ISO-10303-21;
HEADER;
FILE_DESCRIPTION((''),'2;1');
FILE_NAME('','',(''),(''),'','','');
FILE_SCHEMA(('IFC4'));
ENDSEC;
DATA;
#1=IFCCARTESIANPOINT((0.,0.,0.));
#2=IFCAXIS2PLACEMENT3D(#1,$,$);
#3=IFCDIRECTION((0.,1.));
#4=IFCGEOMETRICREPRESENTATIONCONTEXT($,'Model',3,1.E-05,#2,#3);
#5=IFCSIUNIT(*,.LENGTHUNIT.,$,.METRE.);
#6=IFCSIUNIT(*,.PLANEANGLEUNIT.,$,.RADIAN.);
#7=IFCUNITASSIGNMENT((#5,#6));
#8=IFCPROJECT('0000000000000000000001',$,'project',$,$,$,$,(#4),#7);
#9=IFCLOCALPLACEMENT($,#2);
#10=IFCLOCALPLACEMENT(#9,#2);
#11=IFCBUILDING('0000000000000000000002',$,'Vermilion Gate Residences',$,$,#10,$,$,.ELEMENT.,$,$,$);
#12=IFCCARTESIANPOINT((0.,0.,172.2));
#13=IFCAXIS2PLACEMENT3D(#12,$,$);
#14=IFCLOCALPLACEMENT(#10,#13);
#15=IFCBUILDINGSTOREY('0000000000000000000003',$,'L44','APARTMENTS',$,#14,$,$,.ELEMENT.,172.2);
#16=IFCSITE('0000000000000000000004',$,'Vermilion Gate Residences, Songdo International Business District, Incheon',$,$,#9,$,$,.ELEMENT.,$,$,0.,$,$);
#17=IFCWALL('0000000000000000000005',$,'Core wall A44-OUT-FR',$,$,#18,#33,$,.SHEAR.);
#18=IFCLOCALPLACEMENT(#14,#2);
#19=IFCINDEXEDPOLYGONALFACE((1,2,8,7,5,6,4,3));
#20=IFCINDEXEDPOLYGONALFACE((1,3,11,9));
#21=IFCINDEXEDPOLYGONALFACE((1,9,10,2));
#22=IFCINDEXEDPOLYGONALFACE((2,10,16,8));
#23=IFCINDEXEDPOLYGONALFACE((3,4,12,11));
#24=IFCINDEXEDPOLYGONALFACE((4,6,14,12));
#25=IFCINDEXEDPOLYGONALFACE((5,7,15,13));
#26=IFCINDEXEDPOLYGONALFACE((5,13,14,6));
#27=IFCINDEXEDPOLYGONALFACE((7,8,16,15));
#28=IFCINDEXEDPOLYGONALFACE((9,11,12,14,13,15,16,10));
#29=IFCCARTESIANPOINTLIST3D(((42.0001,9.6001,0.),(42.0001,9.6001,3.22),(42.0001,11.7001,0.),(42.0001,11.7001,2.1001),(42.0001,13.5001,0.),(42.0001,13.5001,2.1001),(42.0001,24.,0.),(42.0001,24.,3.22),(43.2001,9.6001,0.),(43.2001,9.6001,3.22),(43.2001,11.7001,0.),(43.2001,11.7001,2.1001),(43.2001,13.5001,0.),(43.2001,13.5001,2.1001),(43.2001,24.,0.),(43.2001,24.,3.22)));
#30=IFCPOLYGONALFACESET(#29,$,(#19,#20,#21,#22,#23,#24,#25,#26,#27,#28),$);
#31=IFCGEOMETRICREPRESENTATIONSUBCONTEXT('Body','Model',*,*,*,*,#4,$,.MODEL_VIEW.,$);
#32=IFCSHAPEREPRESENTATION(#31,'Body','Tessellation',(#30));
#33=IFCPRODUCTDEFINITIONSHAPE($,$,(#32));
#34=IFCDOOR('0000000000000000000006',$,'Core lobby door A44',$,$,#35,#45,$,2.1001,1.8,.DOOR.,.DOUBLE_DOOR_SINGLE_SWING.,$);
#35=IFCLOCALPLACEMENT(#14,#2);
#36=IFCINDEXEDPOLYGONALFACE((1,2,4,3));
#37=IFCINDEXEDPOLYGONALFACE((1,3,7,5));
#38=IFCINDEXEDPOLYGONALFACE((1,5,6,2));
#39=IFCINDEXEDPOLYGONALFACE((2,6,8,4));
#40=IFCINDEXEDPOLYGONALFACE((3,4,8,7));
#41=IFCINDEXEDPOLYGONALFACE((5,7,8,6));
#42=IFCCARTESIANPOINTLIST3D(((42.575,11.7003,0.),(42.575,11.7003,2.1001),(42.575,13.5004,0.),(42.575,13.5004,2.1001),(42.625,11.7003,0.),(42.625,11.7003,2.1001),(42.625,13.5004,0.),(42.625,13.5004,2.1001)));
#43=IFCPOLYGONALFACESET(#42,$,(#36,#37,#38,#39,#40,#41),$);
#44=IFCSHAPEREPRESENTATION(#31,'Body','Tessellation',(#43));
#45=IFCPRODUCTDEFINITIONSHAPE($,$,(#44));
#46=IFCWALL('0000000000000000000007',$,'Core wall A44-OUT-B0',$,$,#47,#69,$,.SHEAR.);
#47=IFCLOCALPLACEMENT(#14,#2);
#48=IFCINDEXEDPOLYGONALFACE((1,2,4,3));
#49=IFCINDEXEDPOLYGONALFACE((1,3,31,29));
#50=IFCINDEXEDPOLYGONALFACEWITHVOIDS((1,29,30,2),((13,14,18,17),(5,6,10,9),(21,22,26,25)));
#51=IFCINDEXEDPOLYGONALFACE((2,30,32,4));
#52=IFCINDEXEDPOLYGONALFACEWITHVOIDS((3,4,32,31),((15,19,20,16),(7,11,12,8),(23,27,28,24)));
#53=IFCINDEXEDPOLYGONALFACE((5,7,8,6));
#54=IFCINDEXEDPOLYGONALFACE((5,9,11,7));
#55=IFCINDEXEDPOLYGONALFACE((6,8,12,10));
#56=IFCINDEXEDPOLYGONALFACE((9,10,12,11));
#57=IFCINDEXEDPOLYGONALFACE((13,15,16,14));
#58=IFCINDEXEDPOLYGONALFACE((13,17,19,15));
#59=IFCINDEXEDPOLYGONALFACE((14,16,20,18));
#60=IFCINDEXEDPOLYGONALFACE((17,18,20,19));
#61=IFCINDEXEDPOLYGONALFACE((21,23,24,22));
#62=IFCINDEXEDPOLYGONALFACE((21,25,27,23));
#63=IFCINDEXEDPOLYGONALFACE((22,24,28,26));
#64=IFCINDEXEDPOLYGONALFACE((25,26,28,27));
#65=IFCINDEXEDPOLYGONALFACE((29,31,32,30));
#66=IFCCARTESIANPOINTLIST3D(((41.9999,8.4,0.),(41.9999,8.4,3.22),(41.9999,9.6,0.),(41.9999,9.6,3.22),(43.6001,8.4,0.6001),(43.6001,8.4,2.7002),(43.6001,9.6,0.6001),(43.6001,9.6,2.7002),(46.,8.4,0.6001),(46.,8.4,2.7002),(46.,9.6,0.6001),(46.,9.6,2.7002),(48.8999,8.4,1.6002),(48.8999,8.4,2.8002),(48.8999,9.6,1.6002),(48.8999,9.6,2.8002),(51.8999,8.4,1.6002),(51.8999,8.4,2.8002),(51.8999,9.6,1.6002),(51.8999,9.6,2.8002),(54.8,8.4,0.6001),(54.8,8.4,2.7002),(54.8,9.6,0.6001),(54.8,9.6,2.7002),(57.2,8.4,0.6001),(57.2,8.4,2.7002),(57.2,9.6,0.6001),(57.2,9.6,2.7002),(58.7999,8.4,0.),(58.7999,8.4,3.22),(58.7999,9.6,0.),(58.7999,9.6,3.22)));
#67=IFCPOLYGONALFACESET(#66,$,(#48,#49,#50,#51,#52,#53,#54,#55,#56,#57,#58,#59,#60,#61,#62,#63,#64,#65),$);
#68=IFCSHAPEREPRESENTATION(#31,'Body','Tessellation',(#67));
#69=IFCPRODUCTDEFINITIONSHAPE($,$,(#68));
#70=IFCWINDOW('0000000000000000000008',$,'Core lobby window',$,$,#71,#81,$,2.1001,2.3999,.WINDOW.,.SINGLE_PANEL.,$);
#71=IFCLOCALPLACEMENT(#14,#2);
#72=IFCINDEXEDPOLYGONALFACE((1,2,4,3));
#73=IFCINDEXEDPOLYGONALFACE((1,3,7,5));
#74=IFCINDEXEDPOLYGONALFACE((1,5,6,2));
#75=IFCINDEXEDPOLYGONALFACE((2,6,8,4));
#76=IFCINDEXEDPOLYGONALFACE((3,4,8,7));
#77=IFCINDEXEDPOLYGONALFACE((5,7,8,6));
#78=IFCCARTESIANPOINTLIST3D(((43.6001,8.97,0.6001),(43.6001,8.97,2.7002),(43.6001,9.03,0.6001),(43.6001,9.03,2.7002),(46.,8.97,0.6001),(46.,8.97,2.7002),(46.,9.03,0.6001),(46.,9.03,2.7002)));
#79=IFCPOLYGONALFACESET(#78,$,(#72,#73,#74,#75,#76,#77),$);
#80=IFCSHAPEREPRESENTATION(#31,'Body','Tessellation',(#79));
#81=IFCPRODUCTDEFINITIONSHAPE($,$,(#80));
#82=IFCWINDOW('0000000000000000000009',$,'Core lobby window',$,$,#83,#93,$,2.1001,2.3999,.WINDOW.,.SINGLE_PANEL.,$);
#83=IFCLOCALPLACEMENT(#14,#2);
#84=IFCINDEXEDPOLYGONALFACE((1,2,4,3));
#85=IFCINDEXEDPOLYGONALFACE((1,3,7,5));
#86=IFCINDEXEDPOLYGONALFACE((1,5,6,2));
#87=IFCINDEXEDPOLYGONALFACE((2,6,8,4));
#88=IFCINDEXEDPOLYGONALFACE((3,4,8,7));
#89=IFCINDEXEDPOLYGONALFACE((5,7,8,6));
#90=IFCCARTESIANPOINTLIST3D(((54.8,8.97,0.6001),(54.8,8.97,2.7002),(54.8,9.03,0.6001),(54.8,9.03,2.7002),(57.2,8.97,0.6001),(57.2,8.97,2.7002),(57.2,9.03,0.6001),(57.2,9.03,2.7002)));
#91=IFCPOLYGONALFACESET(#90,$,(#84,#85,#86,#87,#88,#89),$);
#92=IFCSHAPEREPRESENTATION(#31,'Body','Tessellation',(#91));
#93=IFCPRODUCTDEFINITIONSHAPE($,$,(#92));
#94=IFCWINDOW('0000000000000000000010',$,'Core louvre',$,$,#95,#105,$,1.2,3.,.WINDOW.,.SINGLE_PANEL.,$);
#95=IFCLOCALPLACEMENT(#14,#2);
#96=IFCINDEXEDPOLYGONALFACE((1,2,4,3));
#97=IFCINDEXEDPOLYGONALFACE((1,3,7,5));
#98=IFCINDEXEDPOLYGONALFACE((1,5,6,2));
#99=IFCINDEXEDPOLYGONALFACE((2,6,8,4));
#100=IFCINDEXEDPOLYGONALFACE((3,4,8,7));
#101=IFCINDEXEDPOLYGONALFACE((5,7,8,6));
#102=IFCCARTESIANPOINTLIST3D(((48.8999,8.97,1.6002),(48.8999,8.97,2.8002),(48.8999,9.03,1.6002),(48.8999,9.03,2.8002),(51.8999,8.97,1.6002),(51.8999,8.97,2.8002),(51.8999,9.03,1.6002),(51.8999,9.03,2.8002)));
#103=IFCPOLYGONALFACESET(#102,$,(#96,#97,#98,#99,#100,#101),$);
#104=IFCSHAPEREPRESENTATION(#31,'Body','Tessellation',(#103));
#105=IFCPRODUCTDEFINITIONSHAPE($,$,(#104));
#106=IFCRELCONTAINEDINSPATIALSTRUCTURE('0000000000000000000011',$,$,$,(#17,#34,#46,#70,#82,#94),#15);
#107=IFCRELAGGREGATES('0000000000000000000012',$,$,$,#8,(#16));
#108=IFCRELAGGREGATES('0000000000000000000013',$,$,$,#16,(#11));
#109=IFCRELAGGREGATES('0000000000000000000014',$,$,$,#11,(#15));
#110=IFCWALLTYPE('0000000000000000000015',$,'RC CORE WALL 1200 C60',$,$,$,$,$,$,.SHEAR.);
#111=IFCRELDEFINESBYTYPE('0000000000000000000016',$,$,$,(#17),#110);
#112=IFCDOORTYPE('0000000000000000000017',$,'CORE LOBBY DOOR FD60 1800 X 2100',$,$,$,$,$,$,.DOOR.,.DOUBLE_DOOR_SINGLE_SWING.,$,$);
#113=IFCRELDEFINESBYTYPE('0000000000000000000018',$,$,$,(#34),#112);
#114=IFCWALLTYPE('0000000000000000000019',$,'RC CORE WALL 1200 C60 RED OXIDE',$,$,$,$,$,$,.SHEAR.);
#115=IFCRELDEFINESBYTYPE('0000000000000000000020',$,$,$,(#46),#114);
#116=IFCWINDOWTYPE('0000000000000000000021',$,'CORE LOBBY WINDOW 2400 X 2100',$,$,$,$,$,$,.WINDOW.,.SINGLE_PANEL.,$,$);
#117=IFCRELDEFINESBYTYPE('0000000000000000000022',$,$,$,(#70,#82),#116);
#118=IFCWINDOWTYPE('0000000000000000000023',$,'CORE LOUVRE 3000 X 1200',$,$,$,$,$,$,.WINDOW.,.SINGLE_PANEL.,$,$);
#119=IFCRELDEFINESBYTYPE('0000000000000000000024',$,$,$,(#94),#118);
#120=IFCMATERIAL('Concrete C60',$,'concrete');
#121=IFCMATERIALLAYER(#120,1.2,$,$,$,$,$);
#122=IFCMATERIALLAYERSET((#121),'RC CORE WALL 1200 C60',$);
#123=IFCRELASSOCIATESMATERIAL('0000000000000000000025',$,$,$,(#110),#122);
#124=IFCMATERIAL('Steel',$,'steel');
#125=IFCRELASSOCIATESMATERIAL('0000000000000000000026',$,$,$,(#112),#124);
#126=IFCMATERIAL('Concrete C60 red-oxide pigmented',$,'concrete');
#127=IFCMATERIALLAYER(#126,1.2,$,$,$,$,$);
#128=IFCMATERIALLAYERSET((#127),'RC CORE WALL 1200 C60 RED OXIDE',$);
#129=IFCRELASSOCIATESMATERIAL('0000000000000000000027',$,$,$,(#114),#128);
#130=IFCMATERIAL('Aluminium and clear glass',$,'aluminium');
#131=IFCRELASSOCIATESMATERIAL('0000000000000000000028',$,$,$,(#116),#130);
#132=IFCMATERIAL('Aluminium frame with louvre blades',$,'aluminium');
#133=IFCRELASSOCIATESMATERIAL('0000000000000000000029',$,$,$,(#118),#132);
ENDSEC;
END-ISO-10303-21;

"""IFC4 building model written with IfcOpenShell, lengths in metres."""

from ifc_helpers import new_model, si_unit, direction, frame, frame_2d, origin, place, context, subcontext, project, spatial, rectangle, extrude, material, layer, layer_set, type_object, element, fill, save


model = new_model("IFC4")

# Units and contexts
model_context = context("Model", 3, precision=1e-05, world=origin(), true_north=direction((0.0, 1.0)))
body_context = subcontext(model_context, "Body", "Model", "MODEL_VIEW")
ifc_project = project(units=[si_unit("LENGTHUNIT", "METRE"), si_unit("PLANEANGLEUNIT", "RADIAN")], contexts=[model_context])

# Site, building, storey
site_placement = place(None, origin())
site = spatial("IfcSite", under=ifc_project, at=site_placement, Name="Vermilion Gate Residences, Songdo International Business District, Incheon", CompositionType="ELEMENT", RefElevation=0.0)
building_placement = place(site_placement, origin())
building = spatial("IfcBuilding", under=site, at=building_placement, Name="Vermilion Gate Residences", CompositionType="ELEMENT")
storey_placement = place(building_placement, frame((0.0, 0.0, 172.2)))
storey = spatial("IfcBuildingStorey", under=building, at=storey_placement, Name="L44", Description="APARTMENTS", CompositionType="ELEMENT", Elevation=172.2)

# Wall, opening, door
ifc_material_1 = material(Name="Concrete C60", Category="concrete")
ifc_layer_1 = layer(ifc_material_1, 1.2)
ifc_layer_set_1 = layer_set([ifc_layer_1], Name="RC CORE WALL 1200 C60")
wall_type_1 = type_object("IfcWallType", Name="RC CORE WALL 1200 C60", PredefinedType="SHEAR", material=ifc_layer_set_1)
wall_1_placement = place(storey_placement, frame((42.6001, 9.6001, 0.0), z_axis=(0.0, 0.0, 1.0), x_axis=(0.0, 1.0, 0.0)))
wall_1 = element("IfcWall", 1, at=wall_1_placement, inside=storey, type_object=wall_type_1, Name="Core wall A44-OUT-FR", PredefinedType="SHEAR", context=body_context, shape_type="SweptSolid", body=[
    extrude(rectangle(XDim=14.3999, YDim=1.2, at=frame_2d((7.2, 0.0))), origin(), (0.0, 0.0, 1.0), 3.22),
])
opening_1_placement = place(wall_1_placement, frame((2.1001, 0.0, 0.0)))
opening_1 = element("IfcOpeningElement", 2, at=opening_1_placement, cuts=wall_1, PredefinedType="OPENING", context=body_context, shape_type="SweptSolid", body=[
    extrude(rectangle(XDim=1.8, YDim=2.1001, at=frame_2d((0.8999, 1.05))), frame((0.0, 0.6099, 0.0), z_axis=(0.0, -1.0, 0.0), x_axis=(1.0, 0.0, 0.0)), (0.0, 0.0, 1.0), 1.22),
])
ifc_material_2 = material(Name="Steel", Category="steel")
door_type_1 = type_object("IfcDoorType", Name="CORE LOBBY DOOR FD60 1800 X 2100", OperationType="DOUBLE_DOOR_SINGLE_SWING", PredefinedType="DOOR", material=ifc_material_2)
door_1_placement = place(opening_1_placement, frame((1.8, 0.0, 0.0), z_axis=(0.0, 0.0, 1.0), x_axis=(-1.0, 0.0, 0.0)))
door_1 = element("IfcDoor", 3, at=door_1_placement, inside=storey, type_object=door_type_1, Name="Core lobby door A44", OperationType="DOUBLE_DOOR_SINGLE_SWING", OverallHeight=2.1001, OverallWidth=1.8, PredefinedType="DOOR", context=body_context, shape_type="SweptSolid", body=[
    extrude(rectangle(XDim=1.8, YDim=2.1001, at=frame_2d((0.8999, 1.05))), frame((0.0, 0.0249, 0.0), z_axis=(0.0, -1.0, 0.0), x_axis=(1.0, 0.0, 0.0)), (0.0, 0.0, 1.0), 0.05),
])
fill(opening_1, door_1)

# Wall, openings, windows
ifc_material_3 = material(Name="Concrete C60 red-oxide pigmented", Category="concrete")
ifc_layer_2 = layer(ifc_material_3, 1.2)
ifc_layer_set_2 = layer_set([ifc_layer_2], Name="RC CORE WALL 1200 C60 RED OXIDE")
wall_type_2 = type_object("IfcWallType", Name="RC CORE WALL 1200 C60 RED OXIDE", PredefinedType="SHEAR", material=ifc_layer_set_2)
wall_2_placement = place(storey_placement, frame((42.0, 9.0, 0.0), z_axis=(0.0, 0.0, 1.0), x_axis=(1.0, 0.0, 0.0)))
wall_2 = element("IfcWall", 4, at=wall_2_placement, inside=storey, type_object=wall_type_2, Name="Core wall A44-OUT-B0", PredefinedType="SHEAR", context=body_context, shape_type="SweptSolid", body=[
    extrude(rectangle(XDim=16.8, YDim=1.2, at=frame_2d((8.3999, 0.0))), origin(), (0.0, 0.0, 1.0), 3.22),
])
opening_2_placement = place(wall_2_placement, frame((1.6001, 0.0, 0.6001)))
opening_2 = element("IfcOpeningElement", 5, at=opening_2_placement, cuts=wall_2, PredefinedType="OPENING", context=body_context, shape_type="SweptSolid", body=[
    extrude(rectangle(XDim=2.3999, YDim=2.1001, at=frame_2d((1.2, 1.05))), frame((0.0, 0.6099, 0.0), z_axis=(0.0, -1.0, 0.0), x_axis=(1.0, 0.0, 0.0)), (0.0, 0.0, 1.0), 1.22),
])
opening_3_placement = place(wall_2_placement, frame((6.8999, 0.0, 1.6001)))
opening_3 = element("IfcOpeningElement", 6, at=opening_3_placement, cuts=wall_2, PredefinedType="OPENING", context=body_context, shape_type="SweptSolid", body=[
    extrude(rectangle(XDim=3.0, YDim=1.2, at=frame_2d((1.5, 0.6001))), frame((0.0, 0.6099, 0.0), z_axis=(0.0, -1.0, 0.0), x_axis=(1.0, 0.0, 0.0)), (0.0, 0.0, 1.0), 1.22),
])
opening_4_placement = place(wall_2_placement, frame((12.8, 0.0, 0.6001)))
opening_4 = element("IfcOpeningElement", 7, at=opening_4_placement, cuts=wall_2, PredefinedType="OPENING", context=body_context, shape_type="SweptSolid", body=[
    extrude(rectangle(XDim=2.3999, YDim=2.1001, at=frame_2d((1.2, 1.05))), frame((0.0, 0.6099, 0.0), z_axis=(0.0, -1.0, 0.0), x_axis=(1.0, 0.0, 0.0)), (0.0, 0.0, 1.0), 1.22),
])
ifc_material_4 = material(Name="Aluminium and clear glass", Category="aluminium")
window_type_1 = type_object("IfcWindowType", Name="CORE LOBBY WINDOW 2400 X 2100", PartitioningType="SINGLE_PANEL", PredefinedType="WINDOW", material=ifc_material_4)
window_1_placement = place(opening_2_placement, origin())
window_1 = element("IfcWindow", 8, at=window_1_placement, inside=storey, type_object=window_type_1, Name="Core lobby window", OverallHeight=2.1001, OverallWidth=2.3999, PartitioningType="SINGLE_PANEL", PredefinedType="WINDOW", context=body_context, shape_type="SweptSolid", body=[
    extrude(rectangle(XDim=2.3999, YDim=2.1001, at=frame_2d((1.2, 1.05))), frame((0.0, 0.03, 0.0), z_axis=(0.0, -1.0, 0.0), x_axis=(1.0, 0.0, 0.0)), (0.0, 0.0, 1.0), 0.0601),
])
fill(opening_2, window_1)
window_2_placement = place(opening_4_placement, origin())
window_2 = element("IfcWindow", 9, at=window_2_placement, inside=storey, type_object=window_type_1, Name="Core lobby window", OverallHeight=2.1001, OverallWidth=2.3999, PartitioningType="SINGLE_PANEL", PredefinedType="WINDOW", context=body_context, shape_type="SweptSolid", body=[
    extrude(rectangle(XDim=2.3999, YDim=2.1001, at=frame_2d((1.2, 1.05))), frame((0.0, 0.03, 0.0), z_axis=(0.0, -1.0, 0.0), x_axis=(1.0, 0.0, 0.0)), (0.0, 0.0, 1.0), 0.0601),
])
fill(opening_4, window_2)
ifc_material_5 = material(Name="Aluminium frame with louvre blades", Category="aluminium")
window_type_2 = type_object("IfcWindowType", Name="CORE LOUVRE 3000 X 1200", PartitioningType="SINGLE_PANEL", PredefinedType="WINDOW", material=ifc_material_5)
window_3_placement = place(opening_3_placement, origin())
window_3 = element("IfcWindow", 10, at=window_3_placement, inside=storey, type_object=window_type_2, Name="Core louvre", OverallHeight=1.2, OverallWidth=3.0, PartitioningType="SINGLE_PANEL", PredefinedType="WINDOW", context=body_context, shape_type="SweptSolid", body=[
    extrude(rectangle(XDim=3.0, YDim=1.2, at=frame_2d((1.5, 0.6001))), frame((0.0, 0.03, 0.0), z_axis=(0.0, -1.0, 0.0), x_axis=(1.0, 0.0, 0.0)), (0.0, 0.0, 1.0), 0.0601),
])
fill(opening_3, window_3)

save(model, "model.ifc")
